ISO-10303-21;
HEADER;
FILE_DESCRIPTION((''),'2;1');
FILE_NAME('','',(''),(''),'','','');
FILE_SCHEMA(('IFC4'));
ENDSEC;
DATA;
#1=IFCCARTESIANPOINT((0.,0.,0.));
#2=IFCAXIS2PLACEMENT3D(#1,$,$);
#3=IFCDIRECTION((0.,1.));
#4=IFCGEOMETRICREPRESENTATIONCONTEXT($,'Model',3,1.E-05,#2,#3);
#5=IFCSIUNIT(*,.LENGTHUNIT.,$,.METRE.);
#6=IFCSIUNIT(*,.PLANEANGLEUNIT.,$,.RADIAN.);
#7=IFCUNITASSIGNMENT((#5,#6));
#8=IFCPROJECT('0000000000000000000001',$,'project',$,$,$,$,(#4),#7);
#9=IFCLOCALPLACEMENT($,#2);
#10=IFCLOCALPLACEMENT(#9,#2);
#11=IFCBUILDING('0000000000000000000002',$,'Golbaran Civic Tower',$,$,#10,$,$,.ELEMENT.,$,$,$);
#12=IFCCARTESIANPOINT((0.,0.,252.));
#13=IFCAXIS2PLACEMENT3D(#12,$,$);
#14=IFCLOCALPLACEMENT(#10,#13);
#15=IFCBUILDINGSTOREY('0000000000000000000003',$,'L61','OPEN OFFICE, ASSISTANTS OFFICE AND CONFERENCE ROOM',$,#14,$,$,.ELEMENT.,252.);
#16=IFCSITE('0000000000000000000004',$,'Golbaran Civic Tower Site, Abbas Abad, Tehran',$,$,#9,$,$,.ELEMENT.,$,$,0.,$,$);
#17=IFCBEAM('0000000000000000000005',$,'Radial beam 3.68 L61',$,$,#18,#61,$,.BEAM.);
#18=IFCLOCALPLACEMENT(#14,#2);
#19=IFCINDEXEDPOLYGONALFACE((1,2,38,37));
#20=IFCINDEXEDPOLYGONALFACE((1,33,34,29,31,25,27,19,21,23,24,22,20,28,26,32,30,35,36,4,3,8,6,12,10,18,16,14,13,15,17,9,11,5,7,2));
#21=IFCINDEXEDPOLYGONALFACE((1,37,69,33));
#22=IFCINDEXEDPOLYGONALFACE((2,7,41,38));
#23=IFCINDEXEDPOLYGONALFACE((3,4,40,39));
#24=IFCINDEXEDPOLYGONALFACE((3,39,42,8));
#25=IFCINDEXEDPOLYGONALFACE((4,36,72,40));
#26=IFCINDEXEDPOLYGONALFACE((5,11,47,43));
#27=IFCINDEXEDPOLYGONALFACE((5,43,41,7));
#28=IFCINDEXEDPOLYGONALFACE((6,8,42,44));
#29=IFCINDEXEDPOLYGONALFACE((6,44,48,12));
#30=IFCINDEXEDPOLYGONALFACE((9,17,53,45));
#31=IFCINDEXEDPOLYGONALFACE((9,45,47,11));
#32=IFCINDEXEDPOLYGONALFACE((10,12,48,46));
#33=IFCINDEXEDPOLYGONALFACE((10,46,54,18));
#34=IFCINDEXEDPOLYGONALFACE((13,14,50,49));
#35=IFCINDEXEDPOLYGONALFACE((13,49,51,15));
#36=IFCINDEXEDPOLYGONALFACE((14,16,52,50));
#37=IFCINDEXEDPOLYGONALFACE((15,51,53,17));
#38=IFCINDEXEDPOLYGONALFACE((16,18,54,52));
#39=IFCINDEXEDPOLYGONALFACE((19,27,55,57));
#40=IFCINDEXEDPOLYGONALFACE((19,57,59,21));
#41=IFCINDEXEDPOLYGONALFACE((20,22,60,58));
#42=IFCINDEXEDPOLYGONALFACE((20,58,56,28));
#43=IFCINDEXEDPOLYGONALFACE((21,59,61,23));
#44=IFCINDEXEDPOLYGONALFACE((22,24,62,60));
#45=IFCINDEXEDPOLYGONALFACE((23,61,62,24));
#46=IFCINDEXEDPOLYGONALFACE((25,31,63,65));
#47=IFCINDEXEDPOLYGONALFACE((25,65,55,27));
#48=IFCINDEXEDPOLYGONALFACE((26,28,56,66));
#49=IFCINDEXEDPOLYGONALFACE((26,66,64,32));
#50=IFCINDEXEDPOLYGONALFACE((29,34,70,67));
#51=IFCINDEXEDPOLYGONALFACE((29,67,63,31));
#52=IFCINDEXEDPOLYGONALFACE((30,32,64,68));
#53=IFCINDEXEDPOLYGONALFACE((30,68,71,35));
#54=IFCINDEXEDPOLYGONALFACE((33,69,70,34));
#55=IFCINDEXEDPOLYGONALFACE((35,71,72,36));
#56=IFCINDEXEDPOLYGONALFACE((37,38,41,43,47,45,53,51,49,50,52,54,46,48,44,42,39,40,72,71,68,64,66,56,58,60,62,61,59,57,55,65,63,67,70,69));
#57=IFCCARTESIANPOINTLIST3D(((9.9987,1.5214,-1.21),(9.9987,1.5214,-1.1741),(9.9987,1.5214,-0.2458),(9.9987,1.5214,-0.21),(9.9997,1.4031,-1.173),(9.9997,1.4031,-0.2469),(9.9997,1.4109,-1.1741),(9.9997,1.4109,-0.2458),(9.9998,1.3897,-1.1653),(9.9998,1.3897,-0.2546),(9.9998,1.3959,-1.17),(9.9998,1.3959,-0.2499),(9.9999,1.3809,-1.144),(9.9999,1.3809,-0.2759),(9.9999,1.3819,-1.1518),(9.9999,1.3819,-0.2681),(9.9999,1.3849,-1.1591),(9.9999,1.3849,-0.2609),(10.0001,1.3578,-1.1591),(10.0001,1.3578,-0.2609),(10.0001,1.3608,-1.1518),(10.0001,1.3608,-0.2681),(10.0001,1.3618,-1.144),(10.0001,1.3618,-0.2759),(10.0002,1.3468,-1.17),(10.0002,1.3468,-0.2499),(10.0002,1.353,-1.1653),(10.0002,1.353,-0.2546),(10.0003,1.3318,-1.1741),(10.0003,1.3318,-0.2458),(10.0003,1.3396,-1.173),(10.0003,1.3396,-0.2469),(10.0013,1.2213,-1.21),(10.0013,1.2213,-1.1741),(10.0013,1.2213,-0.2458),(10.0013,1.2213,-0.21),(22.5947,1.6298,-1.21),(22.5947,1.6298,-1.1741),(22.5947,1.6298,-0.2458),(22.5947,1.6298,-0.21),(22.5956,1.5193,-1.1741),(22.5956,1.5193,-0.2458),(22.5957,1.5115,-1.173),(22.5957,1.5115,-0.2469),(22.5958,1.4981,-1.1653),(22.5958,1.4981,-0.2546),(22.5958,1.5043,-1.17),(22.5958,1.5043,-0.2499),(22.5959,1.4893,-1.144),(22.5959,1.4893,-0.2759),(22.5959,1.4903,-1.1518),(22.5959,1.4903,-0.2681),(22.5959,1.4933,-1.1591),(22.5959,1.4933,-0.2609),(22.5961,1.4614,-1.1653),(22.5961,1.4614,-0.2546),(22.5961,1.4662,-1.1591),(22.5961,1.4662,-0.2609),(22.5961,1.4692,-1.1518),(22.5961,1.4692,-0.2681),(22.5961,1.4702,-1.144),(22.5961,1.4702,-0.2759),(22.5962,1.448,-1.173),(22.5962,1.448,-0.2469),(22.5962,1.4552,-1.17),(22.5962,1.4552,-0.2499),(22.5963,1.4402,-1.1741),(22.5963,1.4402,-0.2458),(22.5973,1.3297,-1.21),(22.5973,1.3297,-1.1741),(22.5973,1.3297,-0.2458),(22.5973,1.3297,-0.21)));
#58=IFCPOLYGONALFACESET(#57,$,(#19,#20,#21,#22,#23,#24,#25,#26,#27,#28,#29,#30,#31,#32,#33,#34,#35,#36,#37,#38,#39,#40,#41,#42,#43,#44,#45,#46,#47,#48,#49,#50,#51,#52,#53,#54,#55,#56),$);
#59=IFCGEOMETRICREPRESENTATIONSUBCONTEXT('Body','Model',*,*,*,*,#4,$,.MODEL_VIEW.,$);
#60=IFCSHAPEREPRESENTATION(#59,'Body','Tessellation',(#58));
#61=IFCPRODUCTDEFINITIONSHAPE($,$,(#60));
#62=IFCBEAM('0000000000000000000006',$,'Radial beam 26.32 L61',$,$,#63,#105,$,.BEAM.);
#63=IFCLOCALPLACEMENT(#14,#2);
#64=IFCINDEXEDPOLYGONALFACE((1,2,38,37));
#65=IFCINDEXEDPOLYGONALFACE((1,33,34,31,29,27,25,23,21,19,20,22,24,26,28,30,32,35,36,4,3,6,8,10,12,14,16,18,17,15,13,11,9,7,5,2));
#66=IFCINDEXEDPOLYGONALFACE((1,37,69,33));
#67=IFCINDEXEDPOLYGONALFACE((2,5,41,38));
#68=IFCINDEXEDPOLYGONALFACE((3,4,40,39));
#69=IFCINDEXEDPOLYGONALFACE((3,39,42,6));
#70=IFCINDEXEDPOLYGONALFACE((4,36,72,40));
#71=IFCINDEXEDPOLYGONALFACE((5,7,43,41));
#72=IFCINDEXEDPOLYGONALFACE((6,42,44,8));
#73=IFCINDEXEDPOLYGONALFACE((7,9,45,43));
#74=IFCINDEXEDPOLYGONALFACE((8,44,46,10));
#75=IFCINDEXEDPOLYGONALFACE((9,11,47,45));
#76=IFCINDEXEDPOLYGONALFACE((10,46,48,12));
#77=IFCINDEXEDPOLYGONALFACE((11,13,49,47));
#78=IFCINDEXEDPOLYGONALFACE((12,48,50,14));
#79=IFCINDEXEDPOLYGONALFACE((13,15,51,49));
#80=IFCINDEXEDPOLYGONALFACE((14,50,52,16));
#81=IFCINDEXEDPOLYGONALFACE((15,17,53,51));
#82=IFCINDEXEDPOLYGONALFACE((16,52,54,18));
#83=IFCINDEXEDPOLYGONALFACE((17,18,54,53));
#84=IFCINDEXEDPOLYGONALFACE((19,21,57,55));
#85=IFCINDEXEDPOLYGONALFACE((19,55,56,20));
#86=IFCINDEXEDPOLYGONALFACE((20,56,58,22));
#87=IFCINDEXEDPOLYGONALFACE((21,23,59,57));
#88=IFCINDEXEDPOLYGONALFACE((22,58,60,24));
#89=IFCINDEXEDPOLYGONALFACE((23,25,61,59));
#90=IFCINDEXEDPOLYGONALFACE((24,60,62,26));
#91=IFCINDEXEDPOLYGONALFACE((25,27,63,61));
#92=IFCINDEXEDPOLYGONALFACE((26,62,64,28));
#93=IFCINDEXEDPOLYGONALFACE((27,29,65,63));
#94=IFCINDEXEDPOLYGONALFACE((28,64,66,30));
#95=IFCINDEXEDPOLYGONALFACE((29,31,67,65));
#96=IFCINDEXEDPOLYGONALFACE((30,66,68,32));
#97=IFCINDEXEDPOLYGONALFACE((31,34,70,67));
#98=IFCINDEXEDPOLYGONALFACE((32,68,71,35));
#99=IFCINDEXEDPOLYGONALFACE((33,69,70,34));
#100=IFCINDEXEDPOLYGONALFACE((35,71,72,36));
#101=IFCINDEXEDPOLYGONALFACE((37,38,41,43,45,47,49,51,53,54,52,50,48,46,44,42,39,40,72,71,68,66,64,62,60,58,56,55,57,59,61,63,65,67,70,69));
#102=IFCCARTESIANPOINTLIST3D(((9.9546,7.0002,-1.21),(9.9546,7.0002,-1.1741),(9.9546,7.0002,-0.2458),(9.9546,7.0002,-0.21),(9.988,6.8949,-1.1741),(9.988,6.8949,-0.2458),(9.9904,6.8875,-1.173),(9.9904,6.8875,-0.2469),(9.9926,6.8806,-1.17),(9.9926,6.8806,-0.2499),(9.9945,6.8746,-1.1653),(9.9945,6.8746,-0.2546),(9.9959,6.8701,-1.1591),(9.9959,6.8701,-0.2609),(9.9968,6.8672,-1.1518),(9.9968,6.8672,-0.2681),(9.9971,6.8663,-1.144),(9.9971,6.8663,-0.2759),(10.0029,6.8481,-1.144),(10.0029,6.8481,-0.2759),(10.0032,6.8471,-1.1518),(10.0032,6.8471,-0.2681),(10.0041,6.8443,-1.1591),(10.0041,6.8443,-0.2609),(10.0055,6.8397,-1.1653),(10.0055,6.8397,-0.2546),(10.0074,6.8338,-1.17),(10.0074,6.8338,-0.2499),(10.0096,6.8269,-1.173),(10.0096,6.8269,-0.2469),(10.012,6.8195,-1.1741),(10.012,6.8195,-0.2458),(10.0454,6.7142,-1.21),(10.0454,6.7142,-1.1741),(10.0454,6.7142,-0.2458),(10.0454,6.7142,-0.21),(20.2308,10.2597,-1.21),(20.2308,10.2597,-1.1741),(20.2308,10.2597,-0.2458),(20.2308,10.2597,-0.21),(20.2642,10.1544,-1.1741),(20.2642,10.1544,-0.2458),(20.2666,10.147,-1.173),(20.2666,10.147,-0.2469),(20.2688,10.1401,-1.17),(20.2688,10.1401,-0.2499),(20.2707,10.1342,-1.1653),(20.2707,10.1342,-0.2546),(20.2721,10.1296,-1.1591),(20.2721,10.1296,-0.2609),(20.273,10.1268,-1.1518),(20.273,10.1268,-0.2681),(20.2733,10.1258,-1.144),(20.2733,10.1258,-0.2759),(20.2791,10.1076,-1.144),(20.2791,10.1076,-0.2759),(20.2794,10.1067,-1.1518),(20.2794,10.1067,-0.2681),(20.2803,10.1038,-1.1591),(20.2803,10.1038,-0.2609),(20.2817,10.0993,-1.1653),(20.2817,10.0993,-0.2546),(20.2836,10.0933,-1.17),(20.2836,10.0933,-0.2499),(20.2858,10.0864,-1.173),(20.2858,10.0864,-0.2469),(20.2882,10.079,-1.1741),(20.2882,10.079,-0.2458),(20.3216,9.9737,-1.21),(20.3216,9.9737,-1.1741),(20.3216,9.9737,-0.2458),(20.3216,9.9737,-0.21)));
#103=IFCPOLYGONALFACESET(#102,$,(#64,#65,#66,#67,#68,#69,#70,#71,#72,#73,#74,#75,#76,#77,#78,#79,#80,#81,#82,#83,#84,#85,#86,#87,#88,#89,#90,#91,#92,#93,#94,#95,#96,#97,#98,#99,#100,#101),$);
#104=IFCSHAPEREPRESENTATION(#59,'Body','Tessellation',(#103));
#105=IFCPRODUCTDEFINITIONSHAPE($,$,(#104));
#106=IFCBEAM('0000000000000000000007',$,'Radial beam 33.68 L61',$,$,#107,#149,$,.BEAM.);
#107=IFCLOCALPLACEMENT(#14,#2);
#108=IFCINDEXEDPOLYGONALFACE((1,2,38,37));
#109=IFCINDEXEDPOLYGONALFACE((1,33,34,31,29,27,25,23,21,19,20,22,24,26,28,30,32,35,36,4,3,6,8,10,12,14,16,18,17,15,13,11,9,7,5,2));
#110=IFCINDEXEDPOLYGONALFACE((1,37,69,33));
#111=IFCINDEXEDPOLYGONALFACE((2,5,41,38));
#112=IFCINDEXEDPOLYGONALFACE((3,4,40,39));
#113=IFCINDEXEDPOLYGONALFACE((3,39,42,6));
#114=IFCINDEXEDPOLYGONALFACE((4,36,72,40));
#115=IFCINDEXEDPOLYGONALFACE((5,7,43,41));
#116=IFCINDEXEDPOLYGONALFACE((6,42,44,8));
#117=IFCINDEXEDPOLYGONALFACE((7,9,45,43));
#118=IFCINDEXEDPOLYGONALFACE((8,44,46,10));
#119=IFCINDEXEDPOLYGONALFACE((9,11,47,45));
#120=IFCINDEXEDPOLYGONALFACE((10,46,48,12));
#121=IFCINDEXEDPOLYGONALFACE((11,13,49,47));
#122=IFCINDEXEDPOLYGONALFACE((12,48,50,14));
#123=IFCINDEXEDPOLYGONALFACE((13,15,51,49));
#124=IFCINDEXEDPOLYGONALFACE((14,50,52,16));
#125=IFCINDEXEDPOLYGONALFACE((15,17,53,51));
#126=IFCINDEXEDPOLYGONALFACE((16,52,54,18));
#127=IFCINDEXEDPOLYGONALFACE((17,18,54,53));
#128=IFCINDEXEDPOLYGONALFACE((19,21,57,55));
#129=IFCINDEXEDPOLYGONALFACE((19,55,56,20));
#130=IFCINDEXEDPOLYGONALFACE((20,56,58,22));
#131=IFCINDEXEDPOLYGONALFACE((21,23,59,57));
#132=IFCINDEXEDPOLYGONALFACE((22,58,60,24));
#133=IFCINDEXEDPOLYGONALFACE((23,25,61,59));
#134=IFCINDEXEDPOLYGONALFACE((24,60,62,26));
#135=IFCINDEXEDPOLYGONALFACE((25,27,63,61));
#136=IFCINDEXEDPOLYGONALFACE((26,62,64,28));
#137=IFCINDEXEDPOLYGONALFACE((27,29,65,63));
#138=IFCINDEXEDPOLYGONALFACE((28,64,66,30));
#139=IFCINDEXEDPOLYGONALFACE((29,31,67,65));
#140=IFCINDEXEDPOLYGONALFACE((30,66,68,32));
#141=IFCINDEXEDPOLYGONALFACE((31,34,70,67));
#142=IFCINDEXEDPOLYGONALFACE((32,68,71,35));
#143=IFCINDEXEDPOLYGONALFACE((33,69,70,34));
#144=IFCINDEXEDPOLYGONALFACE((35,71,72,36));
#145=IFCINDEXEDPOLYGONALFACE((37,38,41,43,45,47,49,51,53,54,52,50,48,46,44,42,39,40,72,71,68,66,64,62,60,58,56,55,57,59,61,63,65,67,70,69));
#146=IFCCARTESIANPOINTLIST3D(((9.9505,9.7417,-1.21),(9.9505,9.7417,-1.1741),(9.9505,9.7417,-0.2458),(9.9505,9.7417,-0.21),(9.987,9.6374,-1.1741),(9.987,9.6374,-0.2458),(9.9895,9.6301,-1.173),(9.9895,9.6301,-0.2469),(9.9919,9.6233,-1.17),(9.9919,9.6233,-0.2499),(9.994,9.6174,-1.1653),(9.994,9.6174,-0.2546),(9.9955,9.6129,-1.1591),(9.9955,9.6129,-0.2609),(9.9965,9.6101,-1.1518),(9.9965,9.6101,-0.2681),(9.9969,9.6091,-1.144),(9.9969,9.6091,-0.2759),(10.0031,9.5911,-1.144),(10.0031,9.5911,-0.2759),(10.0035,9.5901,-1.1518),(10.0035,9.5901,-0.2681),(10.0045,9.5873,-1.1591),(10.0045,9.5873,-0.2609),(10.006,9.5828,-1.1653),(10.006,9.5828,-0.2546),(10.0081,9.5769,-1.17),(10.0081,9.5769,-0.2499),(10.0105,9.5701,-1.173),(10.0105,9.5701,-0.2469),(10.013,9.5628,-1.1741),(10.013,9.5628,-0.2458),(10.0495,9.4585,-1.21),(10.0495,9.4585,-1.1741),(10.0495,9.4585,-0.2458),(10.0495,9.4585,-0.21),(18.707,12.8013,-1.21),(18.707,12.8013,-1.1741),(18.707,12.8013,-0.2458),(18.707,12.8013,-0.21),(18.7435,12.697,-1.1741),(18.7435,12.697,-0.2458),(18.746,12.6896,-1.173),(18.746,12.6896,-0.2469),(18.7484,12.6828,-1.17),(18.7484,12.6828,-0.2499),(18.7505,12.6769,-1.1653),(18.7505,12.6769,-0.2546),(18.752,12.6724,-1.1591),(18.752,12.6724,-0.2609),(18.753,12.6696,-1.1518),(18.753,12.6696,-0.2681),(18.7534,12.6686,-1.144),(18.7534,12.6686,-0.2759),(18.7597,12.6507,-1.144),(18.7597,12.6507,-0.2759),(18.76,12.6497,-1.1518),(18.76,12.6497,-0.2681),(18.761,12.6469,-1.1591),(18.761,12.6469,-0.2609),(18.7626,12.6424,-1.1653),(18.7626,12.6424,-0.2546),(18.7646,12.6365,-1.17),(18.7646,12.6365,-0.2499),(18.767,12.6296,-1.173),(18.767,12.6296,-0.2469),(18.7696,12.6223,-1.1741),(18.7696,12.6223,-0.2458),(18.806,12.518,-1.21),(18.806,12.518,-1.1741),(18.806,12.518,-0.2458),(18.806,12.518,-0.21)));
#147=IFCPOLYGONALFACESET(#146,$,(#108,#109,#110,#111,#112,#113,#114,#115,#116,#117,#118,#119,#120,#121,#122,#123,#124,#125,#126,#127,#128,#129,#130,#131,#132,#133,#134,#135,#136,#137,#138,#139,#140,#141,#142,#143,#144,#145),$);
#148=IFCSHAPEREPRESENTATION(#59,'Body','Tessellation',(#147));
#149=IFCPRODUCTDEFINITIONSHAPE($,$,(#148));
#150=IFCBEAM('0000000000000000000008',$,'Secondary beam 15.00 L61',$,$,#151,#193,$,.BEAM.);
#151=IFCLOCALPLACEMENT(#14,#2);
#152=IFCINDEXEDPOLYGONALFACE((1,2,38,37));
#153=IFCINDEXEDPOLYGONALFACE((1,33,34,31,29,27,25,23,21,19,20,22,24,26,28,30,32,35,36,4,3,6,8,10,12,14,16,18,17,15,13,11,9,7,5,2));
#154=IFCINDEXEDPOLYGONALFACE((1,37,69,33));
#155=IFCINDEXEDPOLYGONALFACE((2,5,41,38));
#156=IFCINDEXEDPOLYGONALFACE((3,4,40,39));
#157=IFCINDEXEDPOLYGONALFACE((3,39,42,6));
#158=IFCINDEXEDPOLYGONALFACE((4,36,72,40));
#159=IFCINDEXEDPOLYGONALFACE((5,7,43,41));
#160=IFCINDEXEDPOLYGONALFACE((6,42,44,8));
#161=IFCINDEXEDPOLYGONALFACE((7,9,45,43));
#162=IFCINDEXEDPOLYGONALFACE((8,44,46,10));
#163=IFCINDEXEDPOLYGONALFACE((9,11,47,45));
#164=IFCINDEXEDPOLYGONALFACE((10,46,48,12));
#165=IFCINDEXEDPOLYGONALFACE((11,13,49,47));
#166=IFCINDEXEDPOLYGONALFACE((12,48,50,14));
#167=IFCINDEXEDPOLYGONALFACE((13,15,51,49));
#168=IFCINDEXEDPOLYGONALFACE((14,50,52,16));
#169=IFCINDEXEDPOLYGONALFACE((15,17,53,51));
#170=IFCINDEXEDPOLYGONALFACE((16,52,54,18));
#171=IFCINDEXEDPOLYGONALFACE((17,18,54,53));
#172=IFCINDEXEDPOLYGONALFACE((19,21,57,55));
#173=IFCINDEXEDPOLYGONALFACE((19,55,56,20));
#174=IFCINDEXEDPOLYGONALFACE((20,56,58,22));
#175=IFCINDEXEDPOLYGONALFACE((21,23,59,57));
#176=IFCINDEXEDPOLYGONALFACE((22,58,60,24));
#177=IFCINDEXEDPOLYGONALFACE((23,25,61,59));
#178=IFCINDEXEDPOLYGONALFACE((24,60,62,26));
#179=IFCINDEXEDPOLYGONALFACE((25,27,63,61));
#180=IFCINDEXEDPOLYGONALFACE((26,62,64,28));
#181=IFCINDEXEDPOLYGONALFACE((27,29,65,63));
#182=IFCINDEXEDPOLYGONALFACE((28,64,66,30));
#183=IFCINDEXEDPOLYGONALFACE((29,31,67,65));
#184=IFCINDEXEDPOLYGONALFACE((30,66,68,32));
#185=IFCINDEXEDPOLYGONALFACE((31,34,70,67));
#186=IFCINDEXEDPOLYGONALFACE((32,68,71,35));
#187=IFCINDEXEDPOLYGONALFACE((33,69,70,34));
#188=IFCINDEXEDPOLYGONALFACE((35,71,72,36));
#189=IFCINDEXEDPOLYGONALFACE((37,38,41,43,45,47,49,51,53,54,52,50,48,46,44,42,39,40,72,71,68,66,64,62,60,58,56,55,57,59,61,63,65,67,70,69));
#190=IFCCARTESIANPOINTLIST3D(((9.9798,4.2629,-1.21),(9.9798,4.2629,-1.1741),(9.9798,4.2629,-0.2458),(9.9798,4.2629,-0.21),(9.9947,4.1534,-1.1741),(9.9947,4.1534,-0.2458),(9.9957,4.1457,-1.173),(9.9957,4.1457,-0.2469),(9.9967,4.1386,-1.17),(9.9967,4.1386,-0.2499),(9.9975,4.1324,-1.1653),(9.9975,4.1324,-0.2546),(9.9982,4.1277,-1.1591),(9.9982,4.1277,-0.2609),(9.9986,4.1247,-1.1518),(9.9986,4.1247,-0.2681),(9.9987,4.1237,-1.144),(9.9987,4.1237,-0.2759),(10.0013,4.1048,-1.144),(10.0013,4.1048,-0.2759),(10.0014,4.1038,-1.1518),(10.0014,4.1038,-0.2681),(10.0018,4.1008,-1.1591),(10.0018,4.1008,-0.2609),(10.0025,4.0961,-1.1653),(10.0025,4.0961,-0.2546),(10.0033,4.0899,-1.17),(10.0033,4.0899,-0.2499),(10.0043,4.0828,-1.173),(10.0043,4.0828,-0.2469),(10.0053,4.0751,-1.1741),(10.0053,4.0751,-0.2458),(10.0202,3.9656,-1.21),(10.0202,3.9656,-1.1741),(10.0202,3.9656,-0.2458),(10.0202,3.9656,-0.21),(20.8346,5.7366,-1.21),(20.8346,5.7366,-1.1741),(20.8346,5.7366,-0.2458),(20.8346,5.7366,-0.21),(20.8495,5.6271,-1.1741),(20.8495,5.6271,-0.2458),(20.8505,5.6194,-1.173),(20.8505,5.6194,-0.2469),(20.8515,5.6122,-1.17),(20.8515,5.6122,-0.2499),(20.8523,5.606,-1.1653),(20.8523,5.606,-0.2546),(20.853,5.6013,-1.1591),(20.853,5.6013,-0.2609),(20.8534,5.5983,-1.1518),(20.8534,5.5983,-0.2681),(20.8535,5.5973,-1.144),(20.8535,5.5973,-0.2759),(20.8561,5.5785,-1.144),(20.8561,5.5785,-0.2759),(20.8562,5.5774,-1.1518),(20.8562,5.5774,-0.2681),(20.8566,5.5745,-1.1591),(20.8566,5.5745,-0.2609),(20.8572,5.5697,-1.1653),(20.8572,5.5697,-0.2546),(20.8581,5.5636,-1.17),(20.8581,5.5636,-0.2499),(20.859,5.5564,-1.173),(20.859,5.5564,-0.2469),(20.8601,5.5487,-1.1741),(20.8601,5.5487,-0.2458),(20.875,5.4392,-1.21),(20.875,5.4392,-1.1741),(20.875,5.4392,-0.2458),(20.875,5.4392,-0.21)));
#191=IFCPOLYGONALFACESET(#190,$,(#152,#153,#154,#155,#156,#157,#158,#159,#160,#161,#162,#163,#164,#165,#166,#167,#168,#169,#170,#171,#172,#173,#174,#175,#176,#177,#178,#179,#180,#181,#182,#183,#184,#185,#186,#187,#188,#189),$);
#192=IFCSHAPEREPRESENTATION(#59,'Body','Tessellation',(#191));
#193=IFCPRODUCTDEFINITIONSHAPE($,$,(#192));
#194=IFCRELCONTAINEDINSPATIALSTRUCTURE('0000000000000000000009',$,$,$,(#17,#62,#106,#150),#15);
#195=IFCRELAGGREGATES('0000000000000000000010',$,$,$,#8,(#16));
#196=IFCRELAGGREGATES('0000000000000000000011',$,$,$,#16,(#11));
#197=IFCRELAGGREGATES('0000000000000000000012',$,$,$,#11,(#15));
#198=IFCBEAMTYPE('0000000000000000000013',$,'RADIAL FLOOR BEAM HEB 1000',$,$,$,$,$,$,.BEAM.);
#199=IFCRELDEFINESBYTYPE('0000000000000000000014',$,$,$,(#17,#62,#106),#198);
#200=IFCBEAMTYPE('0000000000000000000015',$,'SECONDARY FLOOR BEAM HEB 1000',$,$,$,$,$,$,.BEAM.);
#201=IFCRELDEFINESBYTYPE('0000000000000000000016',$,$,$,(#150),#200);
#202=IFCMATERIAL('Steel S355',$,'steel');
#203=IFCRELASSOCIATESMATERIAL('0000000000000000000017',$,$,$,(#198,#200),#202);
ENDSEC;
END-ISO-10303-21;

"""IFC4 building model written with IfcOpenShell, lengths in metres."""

from ifc_helpers import new_model, si_unit, direction, frame, origin, origin_2d, place, context, subcontext, project, spatial, i_section, extrude, material, material_profile, profile_set, type_object, element, save


model = new_model("IFC4")

# Units and contexts
model_context = context("Model", 3, precision=1e-05, world=origin(), true_north=direction((0.0, 1.0)))
body_context = subcontext(model_context, "Body", "Model", "MODEL_VIEW")
ifc_project = project(units=[si_unit("LENGTHUNIT", "METRE"), si_unit("PLANEANGLEUNIT", "RADIAN")], contexts=[model_context])

# Site, building, storey
site_placement = place(None, origin())
site = spatial("IfcSite", under=ifc_project, at=site_placement, Name="Golbaran Civic Tower Site, Abbas Abad, Tehran", CompositionType="ELEMENT", RefElevation=0.0)
building_placement = place(site_placement, origin())
building = spatial("IfcBuilding", under=site, at=building_placement, Name="Golbaran Civic Tower", CompositionType="ELEMENT")
storey_placement = place(building_placement, frame((0.0, 0.0, 252.0)))
storey = spatial("IfcBuildingStorey", under=building, at=storey_placement, Name="L61", Description="OPEN OFFICE, ASSISTANTS OFFICE AND CONFERENCE ROOM", CompositionType="ELEMENT", Elevation=252.0)

# Beams
ifc_material_1 = material(Name="Steel S355", Category="steel")
ifc_material_profile_1 = material_profile(ifc_material_1, i_section(OverallWidth=0.3, OverallDepth=1.0, WebThickness=0.019, FlangeThickness=0.0359, FilletRadius=0.03, at=origin_2d()), Name="HEB 1000")
ifc_profile_set_1 = profile_set([ifc_material_profile_1], Name="Steel S355")
beam_type_1 = type_object("IfcBeamType", Name="RADIAL FLOOR BEAM HEB 1000", PredefinedType="BEAM", material=ifc_profile_set_1)
beam_1_placement = place(storey_placement, frame((10.0, 1.3713, -0.71), z_axis=(0.999963, 0.008605, 0.0), x_axis=(-0.008605, 0.999963, 0.0)))
element("IfcBeam", 1, at=beam_1_placement, inside=storey, type_object=beam_type_1, Name="Radial beam 3.68 L61", PredefinedType="BEAM", context=body_context, shape_type="SweptSolid", body=[
    extrude(i_section(OverallWidth=0.3, OverallDepth=1.0, WebThickness=0.019, FlangeThickness=0.0359, FilletRadius=0.03, at=origin_2d()), origin(), (0.0, 0.0, 1.0), 12.5964),
])
beam_2_placement = place(storey_placement, frame((10.0, 6.8572, -0.71), z_axis=(0.953198, 0.302348, 0.0), x_axis=(-0.302348, 0.953198, 0.0)))
element("IfcBeam", 2, at=beam_2_placement, inside=storey, type_object=beam_type_1, Name="Radial beam 26.32 L61", PredefinedType="BEAM", context=body_context, shape_type="SweptSolid", body=[
    extrude(i_section(OverallWidth=0.3, OverallDepth=1.0, WebThickness=0.019, FlangeThickness=0.0359, FilletRadius=0.03, at=origin_2d()), origin(), (0.0, 0.0, 1.0), 10.7808),
])
beam_3_placement = place(storey_placement, frame((10.0, 9.6001, -0.71), z_axis=(0.944034, 0.329847, 0.0), x_axis=(-0.329847, 0.944034, 0.0)))
element("IfcBeam", 3, at=beam_3_placement, inside=storey, type_object=beam_type_1, Name="Radial beam 33.68 L61", PredefinedType="BEAM", context=body_context, shape_type="SweptSolid", body=[
    extrude(i_section(OverallWidth=0.3, OverallDepth=1.0, WebThickness=0.019, FlangeThickness=0.0359, FilletRadius=0.03, at=origin_2d()), origin(), (0.0, 0.0, 1.0), 9.2756),
])
ifc_material_profile_2 = material_profile(ifc_material_1, i_section(OverallWidth=0.3, OverallDepth=1.0, WebThickness=0.019, FlangeThickness=0.0359, FilletRadius=0.03, at=origin_2d()), Name="HEB 1000")
ifc_profile_set_2 = profile_set([ifc_material_profile_2], Name="Steel S355")
beam_type_2 = type_object("IfcBeamType", Name="SECONDARY FLOOR BEAM HEB 1000", PredefinedType="BEAM", material=ifc_profile_set_2)
beam_4_placement = place(storey_placement, frame((10.0, 4.1143, -0.71), z_axis=(0.99091, 0.134525, 0.0), x_axis=(-0.134525, 0.99091, 0.0)))
element("IfcBeam", 4, at=beam_4_placement, inside=storey, type_object=beam_type_2, Name="Secondary beam 15.00 L61", PredefinedType="BEAM", context=body_context, shape_type="SweptSolid", body=[
    extrude(i_section(OverallWidth=0.3, OverallDepth=1.0, WebThickness=0.019, FlangeThickness=0.0359, FilletRadius=0.03, at=origin_2d()), origin(), (0.0, 0.0, 1.0), 10.9543),
])

save(model, "model.ifc")
